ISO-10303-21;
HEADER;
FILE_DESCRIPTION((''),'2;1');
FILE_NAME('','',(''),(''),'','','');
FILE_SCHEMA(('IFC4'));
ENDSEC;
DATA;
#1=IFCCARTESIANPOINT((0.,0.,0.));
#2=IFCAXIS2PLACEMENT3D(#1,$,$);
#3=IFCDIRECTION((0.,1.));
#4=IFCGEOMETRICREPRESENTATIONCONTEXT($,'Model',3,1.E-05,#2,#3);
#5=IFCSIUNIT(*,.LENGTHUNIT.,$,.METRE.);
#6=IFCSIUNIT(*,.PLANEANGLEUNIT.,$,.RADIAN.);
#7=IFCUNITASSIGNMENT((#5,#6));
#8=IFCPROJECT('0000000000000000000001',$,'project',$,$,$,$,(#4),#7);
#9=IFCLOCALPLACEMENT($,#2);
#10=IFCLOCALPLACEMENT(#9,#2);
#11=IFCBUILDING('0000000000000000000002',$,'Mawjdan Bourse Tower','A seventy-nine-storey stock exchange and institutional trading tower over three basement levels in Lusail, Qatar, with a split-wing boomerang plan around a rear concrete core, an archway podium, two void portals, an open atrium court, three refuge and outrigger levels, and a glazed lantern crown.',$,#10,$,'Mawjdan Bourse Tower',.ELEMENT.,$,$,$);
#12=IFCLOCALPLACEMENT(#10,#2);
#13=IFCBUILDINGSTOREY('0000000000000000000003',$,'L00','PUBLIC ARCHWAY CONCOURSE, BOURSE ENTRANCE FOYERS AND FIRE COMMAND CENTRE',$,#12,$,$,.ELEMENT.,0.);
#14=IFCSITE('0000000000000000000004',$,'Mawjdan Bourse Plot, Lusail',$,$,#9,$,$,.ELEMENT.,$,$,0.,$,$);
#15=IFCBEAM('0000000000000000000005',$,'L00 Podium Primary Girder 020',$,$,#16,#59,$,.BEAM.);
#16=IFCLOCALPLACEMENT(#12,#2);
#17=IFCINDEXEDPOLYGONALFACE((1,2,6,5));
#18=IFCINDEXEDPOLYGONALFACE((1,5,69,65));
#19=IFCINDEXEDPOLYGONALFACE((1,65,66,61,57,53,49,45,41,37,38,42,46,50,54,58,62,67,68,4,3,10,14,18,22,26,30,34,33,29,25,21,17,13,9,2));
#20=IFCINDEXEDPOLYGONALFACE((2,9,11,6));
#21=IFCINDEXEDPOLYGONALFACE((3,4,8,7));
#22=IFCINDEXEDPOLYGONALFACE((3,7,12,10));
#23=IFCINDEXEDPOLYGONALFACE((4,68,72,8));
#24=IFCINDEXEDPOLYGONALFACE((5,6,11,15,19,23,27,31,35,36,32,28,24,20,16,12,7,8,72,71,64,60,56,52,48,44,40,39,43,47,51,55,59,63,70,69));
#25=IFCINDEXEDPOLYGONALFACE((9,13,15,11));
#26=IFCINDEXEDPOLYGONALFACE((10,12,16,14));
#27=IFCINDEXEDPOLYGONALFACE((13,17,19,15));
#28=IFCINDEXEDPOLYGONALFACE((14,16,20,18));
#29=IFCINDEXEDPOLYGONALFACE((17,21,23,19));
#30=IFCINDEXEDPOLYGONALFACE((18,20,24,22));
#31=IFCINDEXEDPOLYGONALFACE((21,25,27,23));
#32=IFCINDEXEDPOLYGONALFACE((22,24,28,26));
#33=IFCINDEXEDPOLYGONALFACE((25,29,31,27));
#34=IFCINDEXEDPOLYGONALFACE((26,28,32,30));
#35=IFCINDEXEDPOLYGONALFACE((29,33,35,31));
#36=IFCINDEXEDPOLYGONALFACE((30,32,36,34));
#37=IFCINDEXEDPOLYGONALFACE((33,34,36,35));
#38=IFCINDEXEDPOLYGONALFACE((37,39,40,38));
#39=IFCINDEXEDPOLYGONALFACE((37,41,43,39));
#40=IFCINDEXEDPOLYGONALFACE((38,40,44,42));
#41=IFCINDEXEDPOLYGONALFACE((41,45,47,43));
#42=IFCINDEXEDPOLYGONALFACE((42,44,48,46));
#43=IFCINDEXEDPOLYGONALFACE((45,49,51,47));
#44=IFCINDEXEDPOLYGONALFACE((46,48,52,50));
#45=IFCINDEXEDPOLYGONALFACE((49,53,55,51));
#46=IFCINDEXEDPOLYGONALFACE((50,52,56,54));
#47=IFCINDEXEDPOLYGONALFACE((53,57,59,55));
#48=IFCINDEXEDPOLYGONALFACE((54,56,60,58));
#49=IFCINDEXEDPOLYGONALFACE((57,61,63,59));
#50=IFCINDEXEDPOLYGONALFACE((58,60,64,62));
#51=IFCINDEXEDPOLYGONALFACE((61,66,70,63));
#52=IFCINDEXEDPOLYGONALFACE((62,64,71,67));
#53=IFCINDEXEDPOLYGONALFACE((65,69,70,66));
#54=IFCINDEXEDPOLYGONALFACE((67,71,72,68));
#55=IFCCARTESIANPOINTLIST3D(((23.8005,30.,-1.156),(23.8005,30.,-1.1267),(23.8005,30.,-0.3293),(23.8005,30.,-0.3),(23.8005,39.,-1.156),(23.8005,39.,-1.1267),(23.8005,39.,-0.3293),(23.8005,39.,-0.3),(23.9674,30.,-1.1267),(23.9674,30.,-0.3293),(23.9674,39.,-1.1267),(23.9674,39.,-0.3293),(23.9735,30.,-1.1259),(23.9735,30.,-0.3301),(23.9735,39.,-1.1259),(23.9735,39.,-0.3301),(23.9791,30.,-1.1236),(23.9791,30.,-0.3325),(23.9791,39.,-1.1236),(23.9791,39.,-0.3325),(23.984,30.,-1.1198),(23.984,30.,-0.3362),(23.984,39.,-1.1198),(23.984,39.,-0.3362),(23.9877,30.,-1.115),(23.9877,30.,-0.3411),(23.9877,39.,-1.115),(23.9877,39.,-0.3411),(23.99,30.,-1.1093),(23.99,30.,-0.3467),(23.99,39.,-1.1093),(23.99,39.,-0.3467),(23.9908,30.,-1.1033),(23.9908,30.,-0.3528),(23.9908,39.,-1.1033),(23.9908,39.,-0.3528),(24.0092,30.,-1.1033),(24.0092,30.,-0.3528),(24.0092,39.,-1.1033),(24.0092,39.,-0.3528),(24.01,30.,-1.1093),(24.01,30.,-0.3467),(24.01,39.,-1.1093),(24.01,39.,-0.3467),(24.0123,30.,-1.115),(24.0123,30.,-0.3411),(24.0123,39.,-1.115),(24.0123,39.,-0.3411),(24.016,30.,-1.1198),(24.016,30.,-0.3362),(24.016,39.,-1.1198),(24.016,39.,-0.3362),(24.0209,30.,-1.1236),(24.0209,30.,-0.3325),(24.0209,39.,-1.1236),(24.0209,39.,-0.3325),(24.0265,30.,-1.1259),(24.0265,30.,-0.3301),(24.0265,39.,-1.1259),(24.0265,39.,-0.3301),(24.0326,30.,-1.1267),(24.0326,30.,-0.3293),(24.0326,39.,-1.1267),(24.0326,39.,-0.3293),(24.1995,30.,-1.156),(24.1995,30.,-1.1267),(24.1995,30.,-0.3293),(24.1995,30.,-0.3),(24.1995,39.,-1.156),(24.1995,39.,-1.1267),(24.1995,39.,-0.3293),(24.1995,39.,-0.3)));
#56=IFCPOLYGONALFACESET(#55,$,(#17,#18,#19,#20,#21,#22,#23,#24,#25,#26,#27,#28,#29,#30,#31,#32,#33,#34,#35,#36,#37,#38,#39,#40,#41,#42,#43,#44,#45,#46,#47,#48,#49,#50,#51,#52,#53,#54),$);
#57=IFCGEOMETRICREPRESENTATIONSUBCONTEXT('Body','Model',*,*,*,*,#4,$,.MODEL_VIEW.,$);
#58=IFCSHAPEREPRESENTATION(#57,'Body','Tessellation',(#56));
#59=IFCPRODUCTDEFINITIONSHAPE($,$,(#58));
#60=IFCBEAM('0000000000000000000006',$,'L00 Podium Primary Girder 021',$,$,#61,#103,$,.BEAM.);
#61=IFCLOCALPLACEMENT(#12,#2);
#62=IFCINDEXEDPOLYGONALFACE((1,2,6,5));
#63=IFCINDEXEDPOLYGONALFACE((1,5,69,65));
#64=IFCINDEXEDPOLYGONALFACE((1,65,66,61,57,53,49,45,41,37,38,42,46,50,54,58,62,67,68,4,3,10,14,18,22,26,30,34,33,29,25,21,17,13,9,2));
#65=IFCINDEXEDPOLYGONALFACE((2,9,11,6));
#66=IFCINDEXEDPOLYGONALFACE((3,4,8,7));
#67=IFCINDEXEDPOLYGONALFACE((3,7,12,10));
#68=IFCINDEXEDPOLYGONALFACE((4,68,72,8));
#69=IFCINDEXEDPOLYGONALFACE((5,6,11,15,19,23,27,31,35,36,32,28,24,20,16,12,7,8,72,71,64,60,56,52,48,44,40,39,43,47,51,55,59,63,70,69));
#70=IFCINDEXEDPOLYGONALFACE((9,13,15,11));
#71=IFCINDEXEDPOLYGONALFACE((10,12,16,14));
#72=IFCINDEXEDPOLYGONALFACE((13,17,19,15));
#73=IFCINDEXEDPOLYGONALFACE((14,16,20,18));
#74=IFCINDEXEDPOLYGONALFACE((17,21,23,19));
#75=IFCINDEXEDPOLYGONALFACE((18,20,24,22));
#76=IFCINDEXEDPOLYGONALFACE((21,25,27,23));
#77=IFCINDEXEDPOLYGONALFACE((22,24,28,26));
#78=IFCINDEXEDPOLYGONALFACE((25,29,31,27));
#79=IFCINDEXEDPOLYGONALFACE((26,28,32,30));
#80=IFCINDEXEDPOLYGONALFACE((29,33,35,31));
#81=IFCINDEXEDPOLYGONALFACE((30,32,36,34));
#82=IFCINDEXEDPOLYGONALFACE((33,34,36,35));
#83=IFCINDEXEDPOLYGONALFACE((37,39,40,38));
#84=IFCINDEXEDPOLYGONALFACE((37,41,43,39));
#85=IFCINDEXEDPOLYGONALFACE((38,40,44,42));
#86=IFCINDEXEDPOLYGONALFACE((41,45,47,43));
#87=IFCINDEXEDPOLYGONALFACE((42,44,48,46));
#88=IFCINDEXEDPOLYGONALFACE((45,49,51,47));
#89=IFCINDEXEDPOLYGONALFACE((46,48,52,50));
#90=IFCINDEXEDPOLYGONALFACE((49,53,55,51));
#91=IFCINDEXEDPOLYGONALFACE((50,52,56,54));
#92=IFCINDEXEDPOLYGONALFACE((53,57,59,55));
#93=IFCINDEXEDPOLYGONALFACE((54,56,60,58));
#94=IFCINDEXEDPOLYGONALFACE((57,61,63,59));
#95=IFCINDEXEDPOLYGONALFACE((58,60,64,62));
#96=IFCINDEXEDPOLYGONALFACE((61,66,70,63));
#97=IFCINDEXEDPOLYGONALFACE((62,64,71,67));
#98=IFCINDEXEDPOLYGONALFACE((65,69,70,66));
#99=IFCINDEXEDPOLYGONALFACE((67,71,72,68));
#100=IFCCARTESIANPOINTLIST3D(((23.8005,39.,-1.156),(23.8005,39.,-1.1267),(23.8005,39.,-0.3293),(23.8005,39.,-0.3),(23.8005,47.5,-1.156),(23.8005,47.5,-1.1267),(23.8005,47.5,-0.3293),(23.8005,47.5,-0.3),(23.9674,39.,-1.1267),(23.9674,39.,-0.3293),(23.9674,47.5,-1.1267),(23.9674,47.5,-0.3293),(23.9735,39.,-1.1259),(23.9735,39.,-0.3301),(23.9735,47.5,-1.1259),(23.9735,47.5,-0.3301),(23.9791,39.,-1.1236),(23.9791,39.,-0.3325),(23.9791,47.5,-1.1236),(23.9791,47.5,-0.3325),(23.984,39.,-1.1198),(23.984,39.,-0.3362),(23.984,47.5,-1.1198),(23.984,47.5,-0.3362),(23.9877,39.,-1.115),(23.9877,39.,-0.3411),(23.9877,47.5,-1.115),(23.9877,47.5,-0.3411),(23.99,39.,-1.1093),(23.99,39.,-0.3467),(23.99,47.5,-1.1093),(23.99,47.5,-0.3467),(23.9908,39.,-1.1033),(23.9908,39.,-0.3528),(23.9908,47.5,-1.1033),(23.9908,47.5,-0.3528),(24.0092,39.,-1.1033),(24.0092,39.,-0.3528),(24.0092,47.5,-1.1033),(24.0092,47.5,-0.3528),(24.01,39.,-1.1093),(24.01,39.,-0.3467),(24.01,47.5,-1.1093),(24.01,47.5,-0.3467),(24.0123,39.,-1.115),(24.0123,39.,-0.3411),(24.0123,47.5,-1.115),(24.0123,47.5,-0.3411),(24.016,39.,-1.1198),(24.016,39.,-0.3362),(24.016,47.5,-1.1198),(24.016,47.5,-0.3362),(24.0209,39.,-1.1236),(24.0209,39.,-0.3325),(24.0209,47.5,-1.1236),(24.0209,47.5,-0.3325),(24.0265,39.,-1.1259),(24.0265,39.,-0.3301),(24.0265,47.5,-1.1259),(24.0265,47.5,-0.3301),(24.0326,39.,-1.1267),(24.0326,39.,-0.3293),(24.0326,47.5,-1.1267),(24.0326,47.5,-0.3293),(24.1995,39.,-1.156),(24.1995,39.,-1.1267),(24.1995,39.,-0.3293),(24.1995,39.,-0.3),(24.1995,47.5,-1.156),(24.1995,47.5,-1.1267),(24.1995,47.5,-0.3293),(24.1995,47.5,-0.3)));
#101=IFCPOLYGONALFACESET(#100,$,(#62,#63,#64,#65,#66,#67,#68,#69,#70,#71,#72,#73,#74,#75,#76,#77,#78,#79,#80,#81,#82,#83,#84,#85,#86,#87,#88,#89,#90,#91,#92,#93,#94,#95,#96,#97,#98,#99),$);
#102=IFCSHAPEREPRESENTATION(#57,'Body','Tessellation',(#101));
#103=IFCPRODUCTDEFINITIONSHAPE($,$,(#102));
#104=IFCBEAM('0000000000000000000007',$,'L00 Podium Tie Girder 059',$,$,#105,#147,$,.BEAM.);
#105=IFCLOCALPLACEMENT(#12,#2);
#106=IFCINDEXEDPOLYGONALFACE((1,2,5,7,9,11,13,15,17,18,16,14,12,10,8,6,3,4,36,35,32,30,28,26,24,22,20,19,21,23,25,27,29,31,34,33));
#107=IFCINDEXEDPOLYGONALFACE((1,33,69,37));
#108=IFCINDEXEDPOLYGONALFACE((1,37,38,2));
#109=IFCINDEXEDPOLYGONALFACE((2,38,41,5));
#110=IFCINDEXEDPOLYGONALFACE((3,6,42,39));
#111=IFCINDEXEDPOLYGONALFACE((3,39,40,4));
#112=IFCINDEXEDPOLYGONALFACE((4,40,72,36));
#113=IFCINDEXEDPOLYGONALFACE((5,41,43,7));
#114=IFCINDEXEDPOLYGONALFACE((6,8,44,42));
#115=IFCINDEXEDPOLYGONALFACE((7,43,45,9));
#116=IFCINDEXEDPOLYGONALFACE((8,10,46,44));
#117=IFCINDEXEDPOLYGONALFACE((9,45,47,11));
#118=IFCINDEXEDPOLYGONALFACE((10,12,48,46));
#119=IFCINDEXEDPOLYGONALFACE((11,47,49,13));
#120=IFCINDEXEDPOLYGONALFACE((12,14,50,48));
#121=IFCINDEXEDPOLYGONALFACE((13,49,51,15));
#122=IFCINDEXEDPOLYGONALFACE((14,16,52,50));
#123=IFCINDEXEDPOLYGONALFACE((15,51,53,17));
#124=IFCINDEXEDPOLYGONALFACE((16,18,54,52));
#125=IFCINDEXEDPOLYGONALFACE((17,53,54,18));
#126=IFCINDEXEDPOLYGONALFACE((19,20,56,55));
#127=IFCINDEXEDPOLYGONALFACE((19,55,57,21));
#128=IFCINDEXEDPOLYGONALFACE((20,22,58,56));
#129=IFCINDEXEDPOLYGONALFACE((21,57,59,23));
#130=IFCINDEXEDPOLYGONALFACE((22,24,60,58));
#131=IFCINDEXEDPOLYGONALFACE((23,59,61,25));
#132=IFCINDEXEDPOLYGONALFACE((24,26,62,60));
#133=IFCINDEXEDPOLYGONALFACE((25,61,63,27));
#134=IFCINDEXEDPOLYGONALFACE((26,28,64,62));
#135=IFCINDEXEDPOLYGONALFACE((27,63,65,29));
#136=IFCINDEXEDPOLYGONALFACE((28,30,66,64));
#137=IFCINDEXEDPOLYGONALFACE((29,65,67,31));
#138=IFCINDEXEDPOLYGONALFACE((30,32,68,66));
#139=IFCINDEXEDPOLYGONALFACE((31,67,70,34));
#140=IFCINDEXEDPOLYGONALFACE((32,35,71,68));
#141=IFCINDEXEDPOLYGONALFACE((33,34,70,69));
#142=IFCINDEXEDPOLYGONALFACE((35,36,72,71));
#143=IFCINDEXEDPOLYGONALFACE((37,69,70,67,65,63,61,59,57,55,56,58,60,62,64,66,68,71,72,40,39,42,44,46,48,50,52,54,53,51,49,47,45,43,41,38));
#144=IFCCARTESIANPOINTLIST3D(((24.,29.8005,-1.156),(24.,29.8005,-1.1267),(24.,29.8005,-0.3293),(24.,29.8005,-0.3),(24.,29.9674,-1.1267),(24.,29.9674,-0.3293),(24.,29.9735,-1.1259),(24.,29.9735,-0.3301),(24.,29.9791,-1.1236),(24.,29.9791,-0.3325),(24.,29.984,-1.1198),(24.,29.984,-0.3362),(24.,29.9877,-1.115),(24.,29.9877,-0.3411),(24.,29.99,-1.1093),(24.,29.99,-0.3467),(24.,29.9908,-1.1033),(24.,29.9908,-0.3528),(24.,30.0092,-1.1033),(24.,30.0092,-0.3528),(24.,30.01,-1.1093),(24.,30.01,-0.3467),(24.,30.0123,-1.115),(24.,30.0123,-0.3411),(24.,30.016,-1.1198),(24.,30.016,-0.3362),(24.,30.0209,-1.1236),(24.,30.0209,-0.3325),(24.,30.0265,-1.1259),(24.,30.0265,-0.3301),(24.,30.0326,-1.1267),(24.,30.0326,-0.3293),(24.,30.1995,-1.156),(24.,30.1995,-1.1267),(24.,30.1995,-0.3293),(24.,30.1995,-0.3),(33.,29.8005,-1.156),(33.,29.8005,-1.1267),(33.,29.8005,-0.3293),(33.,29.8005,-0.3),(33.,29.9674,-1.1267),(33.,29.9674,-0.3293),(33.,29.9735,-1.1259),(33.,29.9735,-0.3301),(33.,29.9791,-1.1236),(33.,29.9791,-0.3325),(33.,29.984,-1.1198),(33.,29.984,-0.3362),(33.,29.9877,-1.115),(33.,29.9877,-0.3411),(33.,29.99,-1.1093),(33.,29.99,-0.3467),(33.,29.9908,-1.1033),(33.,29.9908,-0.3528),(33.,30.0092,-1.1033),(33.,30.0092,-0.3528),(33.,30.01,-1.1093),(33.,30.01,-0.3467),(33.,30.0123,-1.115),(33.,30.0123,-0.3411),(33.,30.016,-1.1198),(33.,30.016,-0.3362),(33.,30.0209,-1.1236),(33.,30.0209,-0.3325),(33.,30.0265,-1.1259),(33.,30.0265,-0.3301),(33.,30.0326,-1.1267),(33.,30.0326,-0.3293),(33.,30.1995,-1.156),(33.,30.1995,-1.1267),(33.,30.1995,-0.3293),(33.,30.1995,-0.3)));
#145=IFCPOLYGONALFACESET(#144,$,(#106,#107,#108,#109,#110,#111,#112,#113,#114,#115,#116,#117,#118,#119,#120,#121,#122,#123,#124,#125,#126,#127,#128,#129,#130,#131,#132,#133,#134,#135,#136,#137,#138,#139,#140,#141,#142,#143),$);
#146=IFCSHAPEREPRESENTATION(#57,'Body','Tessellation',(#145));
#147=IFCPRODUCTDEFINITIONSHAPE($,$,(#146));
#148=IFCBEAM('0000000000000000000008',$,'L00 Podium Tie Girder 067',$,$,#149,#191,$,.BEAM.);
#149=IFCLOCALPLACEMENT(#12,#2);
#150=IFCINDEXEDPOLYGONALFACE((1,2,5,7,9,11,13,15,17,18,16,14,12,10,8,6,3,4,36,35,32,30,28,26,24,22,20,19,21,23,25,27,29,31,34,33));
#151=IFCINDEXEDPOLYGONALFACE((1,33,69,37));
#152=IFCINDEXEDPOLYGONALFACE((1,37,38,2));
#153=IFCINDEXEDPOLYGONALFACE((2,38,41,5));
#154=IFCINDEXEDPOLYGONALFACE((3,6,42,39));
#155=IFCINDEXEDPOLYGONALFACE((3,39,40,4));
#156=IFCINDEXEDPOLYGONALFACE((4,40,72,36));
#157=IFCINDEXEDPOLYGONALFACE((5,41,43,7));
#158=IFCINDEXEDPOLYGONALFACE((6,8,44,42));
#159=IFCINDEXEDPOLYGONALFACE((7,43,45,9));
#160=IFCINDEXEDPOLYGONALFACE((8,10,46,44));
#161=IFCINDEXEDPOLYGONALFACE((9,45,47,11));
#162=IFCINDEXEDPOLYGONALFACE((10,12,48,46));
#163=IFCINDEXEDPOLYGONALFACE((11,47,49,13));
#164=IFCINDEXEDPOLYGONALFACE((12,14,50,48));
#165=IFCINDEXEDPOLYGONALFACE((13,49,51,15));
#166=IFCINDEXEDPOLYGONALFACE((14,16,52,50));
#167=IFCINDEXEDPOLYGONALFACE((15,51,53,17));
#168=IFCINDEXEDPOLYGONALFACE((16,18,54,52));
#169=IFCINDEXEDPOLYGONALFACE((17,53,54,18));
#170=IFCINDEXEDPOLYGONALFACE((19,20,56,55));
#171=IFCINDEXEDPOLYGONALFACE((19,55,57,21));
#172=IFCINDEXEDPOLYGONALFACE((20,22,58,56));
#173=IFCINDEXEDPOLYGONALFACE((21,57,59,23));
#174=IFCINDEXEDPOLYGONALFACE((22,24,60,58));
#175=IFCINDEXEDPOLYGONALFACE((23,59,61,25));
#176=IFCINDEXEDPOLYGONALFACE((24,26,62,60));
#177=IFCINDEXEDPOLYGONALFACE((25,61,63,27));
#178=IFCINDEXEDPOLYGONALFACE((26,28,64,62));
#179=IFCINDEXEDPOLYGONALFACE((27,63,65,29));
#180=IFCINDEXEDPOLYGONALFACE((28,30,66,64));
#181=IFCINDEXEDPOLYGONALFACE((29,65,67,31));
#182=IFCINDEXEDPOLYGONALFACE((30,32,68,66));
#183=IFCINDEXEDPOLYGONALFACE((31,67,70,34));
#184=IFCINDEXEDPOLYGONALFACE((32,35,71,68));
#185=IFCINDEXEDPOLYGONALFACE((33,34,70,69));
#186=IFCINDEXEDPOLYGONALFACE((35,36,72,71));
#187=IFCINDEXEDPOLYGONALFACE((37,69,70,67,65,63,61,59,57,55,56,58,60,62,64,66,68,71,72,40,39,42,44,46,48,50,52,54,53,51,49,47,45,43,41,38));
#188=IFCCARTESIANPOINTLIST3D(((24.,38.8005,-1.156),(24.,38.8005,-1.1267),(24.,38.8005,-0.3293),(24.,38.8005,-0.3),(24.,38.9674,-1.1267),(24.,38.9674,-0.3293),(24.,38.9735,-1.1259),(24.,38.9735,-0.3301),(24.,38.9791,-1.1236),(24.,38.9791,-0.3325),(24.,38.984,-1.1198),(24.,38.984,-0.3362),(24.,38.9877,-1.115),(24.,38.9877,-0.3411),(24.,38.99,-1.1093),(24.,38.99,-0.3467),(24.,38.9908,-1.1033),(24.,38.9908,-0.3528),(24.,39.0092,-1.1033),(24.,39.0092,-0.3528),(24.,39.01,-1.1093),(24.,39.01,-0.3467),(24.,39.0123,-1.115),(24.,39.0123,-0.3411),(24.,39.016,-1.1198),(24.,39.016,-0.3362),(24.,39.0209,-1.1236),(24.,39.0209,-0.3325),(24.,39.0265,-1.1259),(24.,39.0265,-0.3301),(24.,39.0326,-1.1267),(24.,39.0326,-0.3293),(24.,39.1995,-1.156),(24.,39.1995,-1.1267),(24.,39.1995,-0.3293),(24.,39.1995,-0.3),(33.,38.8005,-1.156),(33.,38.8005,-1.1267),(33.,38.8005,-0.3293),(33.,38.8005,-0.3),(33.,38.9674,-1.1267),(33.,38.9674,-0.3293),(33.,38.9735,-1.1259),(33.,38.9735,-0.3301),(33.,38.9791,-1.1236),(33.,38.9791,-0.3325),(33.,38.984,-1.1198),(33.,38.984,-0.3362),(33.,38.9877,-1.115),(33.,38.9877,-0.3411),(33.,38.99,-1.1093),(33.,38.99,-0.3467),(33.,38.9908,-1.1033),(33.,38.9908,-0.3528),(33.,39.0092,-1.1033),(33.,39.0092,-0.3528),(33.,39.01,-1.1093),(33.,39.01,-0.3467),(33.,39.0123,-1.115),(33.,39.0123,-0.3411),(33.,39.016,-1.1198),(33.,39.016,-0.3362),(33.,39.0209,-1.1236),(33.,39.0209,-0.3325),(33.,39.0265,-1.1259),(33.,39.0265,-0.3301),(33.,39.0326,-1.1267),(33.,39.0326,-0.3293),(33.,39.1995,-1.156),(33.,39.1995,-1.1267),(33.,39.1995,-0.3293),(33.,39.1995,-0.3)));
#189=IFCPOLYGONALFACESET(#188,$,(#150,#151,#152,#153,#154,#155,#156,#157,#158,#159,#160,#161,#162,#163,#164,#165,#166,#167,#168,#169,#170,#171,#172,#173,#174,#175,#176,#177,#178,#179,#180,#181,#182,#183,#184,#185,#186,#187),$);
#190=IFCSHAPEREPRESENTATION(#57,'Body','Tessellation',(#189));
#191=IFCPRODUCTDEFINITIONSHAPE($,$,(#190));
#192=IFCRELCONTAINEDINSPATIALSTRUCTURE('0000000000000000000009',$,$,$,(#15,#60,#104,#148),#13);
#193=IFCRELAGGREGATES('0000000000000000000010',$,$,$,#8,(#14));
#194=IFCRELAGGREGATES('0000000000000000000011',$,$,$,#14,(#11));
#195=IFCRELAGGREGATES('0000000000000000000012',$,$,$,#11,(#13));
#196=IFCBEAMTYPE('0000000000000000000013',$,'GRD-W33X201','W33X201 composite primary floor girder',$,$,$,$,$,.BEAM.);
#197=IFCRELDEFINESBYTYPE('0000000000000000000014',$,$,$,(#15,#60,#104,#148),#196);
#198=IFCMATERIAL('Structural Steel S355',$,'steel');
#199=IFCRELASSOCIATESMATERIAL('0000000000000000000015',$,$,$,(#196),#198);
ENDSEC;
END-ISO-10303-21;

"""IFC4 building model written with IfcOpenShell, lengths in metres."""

from ifc_helpers import new_model, si_unit, direction, frame, origin, origin_2d, place, context, subcontext, project, spatial, i_section, extrude, material, material_profile, profile_set, type_object, element, save


model = new_model("IFC4")

# Units and contexts
model_context = context("Model", 3, precision=1e-05, world=origin(), true_north=direction((0.0, 1.0)))
body_context = subcontext(model_context, "Body", "Model", "MODEL_VIEW")
ifc_project = project(units=[si_unit("LENGTHUNIT", "METRE"), si_unit("PLANEANGLEUNIT", "RADIAN")], contexts=[model_context])

# Site, building, storey
site_placement = place(None, origin())
site = spatial("IfcSite", under=ifc_project, at=site_placement, Name="Mawjdan Bourse Plot, Lusail", CompositionType="ELEMENT", RefElevation=0.0)
building_placement = place(site_placement, origin())
building = spatial("IfcBuilding", under=site, at=building_placement, Name="Mawjdan Bourse Tower", Description="A seventy-nine-storey stock exchange and institutional trading tower over three basement levels in Lusail, Qatar, with a split-wing boomerang plan around a rear concrete core, an archway podium, two void portals, an open atrium court, three refuge and outrigger levels, and a glazed lantern crown.", LongName="Mawjdan Bourse Tower", CompositionType="ELEMENT")
storey_placement = place(building_placement, origin())
storey = spatial("IfcBuildingStorey", under=building, at=storey_placement, Name="L00", Description="PUBLIC ARCHWAY CONCOURSE, BOURSE ENTRANCE FOYERS AND FIRE COMMAND CENTRE", CompositionType="ELEMENT", Elevation=0.0)

# Beams
ifc_material_1 = material(Name="Structural Steel S355", Category="steel")
ifc_material_profile_1 = material_profile(ifc_material_1, i_section(OverallWidth=0.3989, OverallDepth=0.856, WebThickness=0.0183, FlangeThickness=0.0293, FilletRadius=0.0234, at=origin_2d()), Name="W33X201")
ifc_profile_set_1 = profile_set([ifc_material_profile_1], Name="Structural Steel S355")
beam_type_1 = type_object("IfcBeamType", Name="GRD-W33X201", Description="W33X201 composite primary floor girder", PredefinedType="BEAM", material=ifc_profile_set_1)
beam_1_placement = place(storey_placement, frame((24.0, 30.0, -0.728), z_axis=(0.0, 1.0, 0.0), x_axis=(-1.0, 0.0, 0.0)))
element("IfcBeam", 1, at=beam_1_placement, inside=storey, type_object=beam_type_1, Name="L00 Podium Primary Girder 020", PredefinedType="BEAM", context=body_context, shape_type="SweptSolid", body=[
    extrude(i_section(OverallWidth=0.3989, OverallDepth=0.856, WebThickness=0.0183, FlangeThickness=0.0293, FilletRadius=0.0234, at=origin_2d()), origin(), (0.0, 0.0, 1.0), 9.0),
])
beam_2_placement = place(storey_placement, frame((24.0, 39.0, -0.728), z_axis=(0.0, 1.0, 0.0), x_axis=(-1.0, 0.0, 0.0)))
element("IfcBeam", 2, at=beam_2_placement, inside=storey, type_object=beam_type_1, Name="L00 Podium Primary Girder 021", PredefinedType="BEAM", context=body_context, shape_type="SweptSolid", body=[
    extrude(i_section(OverallWidth=0.3989, OverallDepth=0.856, WebThickness=0.0183, FlangeThickness=0.0293, FilletRadius=0.0234, at=origin_2d()), origin(), (0.0, 0.0, 1.0), 8.5),
])
for number, where, z_axis, x_axis, name in (
    (3, (24.0, 30.0, -0.728), (1.0, 0.0, 0.0), (0.0, 1.0, 0.0), "L00 Podium Tie Girder 059"),
    (4, (24.0, 39.0, -0.728), (1.0, 0.0, 0.0), (0.0, 1.0, 0.0), "L00 Podium Tie Girder 067"),
):
    element("IfcBeam", number, at=place(storey_placement, frame(where, z_axis=z_axis, x_axis=x_axis)), inside=storey, type_object=beam_type_1, Name=name, PredefinedType="BEAM", context=body_context, shape_type="SweptSolid", body=[
        extrude(i_section(OverallWidth=0.3989, OverallDepth=0.856, WebThickness=0.0183, FlangeThickness=0.0293, FilletRadius=0.0234, at=origin_2d()), origin(), (0.0, 0.0, 1.0), 9.0),
    ])

save(model, "model.ifc")
